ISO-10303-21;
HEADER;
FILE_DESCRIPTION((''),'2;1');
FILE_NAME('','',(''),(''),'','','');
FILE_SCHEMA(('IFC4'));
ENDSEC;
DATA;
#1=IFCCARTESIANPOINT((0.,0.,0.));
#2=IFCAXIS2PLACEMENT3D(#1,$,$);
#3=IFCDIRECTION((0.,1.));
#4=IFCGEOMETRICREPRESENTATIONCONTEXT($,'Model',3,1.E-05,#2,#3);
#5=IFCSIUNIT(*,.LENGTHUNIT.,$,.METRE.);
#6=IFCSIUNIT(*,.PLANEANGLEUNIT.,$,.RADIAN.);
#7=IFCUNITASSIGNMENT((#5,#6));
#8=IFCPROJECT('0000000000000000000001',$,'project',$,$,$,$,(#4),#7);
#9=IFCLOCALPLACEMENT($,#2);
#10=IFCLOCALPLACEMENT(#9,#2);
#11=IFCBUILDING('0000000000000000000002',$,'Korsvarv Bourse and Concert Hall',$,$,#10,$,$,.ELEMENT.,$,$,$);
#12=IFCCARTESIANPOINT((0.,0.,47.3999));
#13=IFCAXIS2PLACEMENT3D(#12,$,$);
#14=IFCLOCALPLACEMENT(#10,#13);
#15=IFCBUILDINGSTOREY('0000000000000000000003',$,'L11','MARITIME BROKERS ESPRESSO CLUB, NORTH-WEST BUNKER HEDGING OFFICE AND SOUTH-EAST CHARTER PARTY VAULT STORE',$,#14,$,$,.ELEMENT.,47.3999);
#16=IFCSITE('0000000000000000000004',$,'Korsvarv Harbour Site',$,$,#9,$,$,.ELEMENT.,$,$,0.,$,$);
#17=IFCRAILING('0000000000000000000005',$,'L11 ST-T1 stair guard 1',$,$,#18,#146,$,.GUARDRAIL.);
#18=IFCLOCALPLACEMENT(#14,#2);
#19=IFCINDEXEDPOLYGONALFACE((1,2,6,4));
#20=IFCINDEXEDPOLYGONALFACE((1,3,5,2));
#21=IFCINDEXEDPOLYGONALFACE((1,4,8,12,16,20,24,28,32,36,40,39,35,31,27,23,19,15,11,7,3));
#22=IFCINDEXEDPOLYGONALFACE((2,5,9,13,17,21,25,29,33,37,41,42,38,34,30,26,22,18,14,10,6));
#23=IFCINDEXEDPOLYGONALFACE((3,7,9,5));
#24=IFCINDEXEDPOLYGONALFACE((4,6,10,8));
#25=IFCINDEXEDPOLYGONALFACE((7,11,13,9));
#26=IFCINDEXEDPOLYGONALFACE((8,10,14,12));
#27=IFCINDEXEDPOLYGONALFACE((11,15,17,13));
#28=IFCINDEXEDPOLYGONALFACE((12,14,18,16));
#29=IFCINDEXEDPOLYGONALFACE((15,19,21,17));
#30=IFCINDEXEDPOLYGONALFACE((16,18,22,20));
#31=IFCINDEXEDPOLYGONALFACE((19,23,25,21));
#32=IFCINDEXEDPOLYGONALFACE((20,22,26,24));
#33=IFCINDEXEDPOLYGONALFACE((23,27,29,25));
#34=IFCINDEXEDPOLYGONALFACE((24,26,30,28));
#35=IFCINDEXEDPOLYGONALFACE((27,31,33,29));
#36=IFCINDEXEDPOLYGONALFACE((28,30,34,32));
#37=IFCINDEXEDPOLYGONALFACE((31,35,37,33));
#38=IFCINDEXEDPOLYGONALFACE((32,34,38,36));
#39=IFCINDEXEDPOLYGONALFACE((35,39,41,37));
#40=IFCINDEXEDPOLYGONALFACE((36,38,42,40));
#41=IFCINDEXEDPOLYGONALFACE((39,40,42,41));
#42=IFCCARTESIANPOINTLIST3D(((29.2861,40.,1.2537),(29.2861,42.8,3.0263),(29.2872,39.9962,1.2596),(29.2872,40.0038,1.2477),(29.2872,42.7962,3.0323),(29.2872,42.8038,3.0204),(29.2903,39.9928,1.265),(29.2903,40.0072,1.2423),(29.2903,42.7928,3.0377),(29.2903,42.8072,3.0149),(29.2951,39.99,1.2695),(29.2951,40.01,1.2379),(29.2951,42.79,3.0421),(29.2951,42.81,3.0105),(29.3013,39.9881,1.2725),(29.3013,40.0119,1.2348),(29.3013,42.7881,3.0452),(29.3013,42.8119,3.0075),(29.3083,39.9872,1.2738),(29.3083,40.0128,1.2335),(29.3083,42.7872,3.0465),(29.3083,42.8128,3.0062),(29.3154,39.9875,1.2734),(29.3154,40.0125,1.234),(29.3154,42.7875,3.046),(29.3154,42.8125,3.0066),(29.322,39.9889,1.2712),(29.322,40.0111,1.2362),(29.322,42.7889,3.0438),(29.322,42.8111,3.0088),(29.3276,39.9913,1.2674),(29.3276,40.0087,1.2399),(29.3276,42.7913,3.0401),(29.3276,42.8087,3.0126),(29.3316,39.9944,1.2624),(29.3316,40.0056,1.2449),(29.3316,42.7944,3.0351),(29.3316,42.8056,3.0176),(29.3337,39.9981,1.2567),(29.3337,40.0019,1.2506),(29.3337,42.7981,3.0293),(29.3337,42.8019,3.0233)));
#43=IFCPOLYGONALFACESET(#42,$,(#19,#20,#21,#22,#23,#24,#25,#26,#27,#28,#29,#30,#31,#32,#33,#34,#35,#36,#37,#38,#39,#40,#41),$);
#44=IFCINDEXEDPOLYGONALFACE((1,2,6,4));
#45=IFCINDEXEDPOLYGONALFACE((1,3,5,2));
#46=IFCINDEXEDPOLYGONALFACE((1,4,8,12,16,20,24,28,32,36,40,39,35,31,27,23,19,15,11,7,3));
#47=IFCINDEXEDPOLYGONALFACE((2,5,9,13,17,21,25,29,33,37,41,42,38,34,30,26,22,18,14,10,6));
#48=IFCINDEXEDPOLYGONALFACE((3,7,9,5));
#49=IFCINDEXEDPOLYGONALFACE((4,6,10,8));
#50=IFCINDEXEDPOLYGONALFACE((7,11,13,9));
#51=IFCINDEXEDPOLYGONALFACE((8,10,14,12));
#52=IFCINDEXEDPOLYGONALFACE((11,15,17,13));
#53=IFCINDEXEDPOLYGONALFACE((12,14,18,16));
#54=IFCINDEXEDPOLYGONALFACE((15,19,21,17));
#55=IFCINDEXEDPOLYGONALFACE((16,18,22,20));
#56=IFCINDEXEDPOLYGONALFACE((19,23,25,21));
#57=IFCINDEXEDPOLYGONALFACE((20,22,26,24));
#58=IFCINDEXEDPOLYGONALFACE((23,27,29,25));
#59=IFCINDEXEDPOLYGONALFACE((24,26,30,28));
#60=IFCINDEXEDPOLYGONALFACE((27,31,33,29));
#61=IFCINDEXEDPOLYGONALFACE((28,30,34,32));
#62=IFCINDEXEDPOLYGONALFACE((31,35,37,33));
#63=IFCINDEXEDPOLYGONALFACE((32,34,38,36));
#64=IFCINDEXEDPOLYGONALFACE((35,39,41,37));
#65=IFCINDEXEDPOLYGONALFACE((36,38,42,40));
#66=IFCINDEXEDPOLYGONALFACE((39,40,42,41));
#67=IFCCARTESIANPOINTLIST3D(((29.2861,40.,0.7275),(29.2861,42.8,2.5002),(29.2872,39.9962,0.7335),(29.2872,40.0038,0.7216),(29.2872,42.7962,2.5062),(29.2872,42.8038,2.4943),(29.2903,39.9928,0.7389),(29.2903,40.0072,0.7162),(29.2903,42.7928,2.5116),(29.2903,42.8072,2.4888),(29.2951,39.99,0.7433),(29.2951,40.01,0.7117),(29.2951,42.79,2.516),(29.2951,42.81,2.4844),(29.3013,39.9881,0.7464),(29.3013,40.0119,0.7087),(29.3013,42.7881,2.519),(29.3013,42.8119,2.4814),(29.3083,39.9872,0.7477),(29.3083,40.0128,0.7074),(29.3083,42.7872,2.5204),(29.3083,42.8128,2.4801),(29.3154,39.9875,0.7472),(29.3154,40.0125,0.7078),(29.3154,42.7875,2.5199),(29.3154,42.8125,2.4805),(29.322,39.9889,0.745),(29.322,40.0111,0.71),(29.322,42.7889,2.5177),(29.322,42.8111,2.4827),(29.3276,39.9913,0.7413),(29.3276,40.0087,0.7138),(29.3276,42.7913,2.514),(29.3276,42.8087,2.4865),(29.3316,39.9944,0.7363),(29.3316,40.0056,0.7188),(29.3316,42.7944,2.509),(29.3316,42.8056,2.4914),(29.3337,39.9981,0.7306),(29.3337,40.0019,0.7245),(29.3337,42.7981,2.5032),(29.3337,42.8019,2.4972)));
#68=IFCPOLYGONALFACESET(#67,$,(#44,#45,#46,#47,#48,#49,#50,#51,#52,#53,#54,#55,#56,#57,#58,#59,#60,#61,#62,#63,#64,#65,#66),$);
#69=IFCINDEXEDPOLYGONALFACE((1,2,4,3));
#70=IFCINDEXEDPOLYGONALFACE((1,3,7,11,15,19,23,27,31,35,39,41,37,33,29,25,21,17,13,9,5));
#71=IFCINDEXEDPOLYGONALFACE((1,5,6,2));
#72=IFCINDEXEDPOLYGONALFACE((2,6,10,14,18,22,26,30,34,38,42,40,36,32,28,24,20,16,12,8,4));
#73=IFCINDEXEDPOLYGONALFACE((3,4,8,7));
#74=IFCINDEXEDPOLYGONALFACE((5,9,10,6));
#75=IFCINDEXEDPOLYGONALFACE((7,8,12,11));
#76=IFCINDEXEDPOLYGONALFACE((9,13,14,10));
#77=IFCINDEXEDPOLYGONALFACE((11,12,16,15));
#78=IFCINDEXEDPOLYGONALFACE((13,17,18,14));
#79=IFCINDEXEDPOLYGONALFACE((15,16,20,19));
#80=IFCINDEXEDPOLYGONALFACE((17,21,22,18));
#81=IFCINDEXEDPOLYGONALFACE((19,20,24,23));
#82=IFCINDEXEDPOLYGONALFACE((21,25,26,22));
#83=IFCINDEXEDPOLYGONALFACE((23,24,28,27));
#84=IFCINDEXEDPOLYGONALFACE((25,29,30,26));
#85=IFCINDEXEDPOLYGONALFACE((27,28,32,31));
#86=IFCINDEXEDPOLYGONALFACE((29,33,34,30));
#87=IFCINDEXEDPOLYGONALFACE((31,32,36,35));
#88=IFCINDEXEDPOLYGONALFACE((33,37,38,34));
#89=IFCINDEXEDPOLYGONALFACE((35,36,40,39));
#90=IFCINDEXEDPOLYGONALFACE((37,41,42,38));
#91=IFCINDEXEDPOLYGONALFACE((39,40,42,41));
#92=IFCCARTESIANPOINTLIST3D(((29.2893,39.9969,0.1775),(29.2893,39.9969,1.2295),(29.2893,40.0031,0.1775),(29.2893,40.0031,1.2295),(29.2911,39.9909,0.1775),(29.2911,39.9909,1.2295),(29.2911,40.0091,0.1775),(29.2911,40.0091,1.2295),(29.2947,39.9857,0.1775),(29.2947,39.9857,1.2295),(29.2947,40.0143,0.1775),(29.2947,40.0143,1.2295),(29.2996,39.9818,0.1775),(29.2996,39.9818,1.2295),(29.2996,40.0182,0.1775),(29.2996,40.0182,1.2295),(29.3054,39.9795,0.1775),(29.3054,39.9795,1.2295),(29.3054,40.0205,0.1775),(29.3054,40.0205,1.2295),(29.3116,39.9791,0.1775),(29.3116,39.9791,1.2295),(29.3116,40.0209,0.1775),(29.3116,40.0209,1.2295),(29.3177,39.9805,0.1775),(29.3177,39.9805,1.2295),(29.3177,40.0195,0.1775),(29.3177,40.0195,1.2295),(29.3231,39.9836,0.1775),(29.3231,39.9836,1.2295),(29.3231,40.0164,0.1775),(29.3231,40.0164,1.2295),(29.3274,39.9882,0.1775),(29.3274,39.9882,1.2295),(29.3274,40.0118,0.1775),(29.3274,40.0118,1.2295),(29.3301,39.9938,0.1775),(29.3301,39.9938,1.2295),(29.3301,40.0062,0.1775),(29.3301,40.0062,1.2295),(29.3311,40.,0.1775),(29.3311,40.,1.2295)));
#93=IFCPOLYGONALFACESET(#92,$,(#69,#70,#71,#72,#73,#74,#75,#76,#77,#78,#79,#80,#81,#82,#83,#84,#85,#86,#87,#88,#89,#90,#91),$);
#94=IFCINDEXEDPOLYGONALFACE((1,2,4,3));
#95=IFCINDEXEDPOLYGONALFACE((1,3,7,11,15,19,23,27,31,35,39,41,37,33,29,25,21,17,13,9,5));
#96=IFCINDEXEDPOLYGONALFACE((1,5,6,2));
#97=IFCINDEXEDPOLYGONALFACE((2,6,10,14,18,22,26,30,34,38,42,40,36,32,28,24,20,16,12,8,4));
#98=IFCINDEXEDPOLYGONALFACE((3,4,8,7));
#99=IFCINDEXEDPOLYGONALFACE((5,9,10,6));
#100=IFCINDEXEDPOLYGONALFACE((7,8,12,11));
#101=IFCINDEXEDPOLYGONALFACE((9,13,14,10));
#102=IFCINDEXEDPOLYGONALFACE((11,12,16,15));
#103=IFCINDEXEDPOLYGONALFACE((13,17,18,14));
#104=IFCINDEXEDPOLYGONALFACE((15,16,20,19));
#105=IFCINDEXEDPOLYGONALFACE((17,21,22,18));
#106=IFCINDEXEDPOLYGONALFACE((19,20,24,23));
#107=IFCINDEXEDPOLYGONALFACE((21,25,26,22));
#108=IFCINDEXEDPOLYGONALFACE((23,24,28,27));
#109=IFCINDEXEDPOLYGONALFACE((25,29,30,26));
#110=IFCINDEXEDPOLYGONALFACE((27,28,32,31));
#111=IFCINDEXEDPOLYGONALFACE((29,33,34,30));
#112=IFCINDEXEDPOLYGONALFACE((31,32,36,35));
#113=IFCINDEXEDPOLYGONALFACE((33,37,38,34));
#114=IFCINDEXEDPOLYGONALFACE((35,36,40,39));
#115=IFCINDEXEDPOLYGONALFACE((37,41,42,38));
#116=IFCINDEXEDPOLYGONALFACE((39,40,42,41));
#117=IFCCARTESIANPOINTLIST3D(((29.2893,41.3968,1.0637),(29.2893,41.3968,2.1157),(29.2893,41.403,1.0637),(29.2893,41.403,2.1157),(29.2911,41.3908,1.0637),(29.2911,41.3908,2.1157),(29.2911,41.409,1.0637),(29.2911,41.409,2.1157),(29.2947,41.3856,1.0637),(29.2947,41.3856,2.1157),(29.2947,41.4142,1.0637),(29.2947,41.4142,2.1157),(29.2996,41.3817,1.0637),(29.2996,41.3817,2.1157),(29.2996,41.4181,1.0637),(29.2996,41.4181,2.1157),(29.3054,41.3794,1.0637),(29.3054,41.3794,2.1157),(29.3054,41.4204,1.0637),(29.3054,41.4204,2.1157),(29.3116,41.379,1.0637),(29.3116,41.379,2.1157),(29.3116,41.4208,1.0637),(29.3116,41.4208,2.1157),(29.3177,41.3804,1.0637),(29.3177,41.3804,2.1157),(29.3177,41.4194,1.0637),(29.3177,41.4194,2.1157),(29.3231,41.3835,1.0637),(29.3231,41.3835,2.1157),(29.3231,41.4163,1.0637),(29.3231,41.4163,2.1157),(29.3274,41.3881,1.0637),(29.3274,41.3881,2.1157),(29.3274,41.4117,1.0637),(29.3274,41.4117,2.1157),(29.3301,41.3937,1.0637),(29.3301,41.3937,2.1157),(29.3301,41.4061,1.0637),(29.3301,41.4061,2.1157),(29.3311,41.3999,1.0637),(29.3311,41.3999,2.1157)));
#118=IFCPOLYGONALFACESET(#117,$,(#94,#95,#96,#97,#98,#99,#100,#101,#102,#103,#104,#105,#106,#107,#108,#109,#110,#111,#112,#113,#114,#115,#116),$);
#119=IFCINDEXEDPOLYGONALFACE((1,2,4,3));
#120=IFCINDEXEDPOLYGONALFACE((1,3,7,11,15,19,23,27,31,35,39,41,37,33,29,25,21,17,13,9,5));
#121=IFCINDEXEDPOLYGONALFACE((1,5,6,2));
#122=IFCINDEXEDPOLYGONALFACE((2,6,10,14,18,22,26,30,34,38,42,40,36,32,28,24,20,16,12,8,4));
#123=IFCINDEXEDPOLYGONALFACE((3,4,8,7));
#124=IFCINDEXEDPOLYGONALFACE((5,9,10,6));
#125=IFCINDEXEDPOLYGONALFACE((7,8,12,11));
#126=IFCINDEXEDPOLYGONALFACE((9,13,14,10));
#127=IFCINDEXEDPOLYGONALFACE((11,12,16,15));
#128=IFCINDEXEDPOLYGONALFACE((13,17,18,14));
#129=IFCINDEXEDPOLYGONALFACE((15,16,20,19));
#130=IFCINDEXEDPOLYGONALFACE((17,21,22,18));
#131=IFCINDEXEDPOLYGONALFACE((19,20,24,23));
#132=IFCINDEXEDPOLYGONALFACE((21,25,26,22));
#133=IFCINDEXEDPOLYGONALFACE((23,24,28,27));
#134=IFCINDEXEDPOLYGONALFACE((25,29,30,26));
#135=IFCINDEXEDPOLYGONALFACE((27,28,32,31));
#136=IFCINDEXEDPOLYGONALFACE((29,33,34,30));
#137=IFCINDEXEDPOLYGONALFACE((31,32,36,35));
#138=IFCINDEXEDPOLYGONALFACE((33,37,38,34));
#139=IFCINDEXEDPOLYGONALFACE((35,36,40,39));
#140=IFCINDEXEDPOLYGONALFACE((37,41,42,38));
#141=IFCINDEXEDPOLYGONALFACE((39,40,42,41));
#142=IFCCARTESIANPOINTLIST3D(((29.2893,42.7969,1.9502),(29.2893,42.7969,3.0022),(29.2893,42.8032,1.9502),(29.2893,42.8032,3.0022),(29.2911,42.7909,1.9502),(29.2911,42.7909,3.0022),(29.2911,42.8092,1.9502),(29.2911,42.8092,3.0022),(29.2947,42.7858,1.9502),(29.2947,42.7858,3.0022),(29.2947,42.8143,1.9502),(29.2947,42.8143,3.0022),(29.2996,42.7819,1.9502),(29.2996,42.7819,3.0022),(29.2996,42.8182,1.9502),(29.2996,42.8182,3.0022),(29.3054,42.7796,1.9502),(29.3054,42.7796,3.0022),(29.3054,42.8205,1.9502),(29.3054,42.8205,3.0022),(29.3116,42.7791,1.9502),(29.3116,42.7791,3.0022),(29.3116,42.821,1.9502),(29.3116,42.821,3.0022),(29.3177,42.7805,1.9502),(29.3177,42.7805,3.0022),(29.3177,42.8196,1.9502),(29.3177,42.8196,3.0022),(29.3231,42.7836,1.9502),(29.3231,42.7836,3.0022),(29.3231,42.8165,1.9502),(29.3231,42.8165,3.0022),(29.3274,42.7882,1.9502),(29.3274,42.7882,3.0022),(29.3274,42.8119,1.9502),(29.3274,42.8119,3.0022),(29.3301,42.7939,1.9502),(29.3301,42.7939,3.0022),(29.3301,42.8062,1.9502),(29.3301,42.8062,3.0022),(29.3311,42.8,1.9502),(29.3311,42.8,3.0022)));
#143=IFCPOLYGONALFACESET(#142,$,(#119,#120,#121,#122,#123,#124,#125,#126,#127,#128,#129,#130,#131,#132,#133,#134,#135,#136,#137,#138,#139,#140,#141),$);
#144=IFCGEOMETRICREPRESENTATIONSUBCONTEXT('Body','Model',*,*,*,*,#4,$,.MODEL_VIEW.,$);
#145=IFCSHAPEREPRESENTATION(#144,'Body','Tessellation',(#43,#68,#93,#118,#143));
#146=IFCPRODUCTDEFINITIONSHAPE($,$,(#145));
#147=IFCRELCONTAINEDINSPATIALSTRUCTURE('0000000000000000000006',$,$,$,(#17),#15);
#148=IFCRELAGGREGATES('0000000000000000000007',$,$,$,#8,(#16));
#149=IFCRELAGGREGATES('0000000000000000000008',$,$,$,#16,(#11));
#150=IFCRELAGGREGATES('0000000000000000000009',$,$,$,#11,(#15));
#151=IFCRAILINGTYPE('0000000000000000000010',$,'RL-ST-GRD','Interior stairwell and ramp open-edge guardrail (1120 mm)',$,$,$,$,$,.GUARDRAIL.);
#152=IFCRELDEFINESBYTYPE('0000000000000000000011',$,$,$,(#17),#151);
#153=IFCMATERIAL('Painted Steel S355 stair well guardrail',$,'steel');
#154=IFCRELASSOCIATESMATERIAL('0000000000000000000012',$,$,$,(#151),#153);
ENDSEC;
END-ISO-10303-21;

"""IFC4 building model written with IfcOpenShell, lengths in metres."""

from ifc_helpers import new_model, si_unit, direction, frame, origin, origin_2d, place, context, subcontext, project, spatial, circle, extrude, material, type_object, element, save


model = new_model("IFC4")

# Units and contexts
model_context = context("Model", 3, precision=1e-05, world=origin(), true_north=direction((0.0, 1.0)))
body_context = subcontext(model_context, "Body", "Model", "MODEL_VIEW")
ifc_project = project(units=[si_unit("LENGTHUNIT", "METRE"), si_unit("PLANEANGLEUNIT", "RADIAN")], contexts=[model_context])

# Site, building, storey
site_placement = place(None, origin())
site = spatial("IfcSite", under=ifc_project, at=site_placement, Name="Korsvarv Harbour Site", CompositionType="ELEMENT", RefElevation=0.0)
building_placement = place(site_placement, origin())
building = spatial("IfcBuilding", under=site, at=building_placement, Name="Korsvarv Bourse and Concert Hall", CompositionType="ELEMENT")
storey_placement = place(building_placement, frame((0.0, 0.0, 47.3999)))
storey = spatial("IfcBuildingStorey", under=building, at=storey_placement, Name="L11", Description="MARITIME BROKERS ESPRESSO CLUB, NORTH-WEST BUNKER HEDGING OFFICE AND SOUTH-EAST CHARTER PARTY VAULT STORE", CompositionType="ELEMENT", Elevation=47.3999)

# Railing
ifc_material_1 = material(Name="Painted Steel S355 stair well guardrail", Category="steel")
railing_type_1 = type_object("IfcRailingType", Name="RL-ST-GRD", Description="Interior stairwell and ramp open-edge guardrail (1120 mm)", PredefinedType="GUARDRAIL", material=ifc_material_1)
railing_1_placement = place(storey_placement, frame((29.3101, 40.0, 0.1775)))
element("IfcRailing", 1, at=railing_1_placement, inside=storey, type_object=railing_type_1, Name="L11 ST-T1 stair guard 1", PredefinedType="GUARDRAIL", context=body_context, shape_type="SweptSolid", body=[
    extrude(circle(Radius=0.0239, at=origin_2d()), frame((0.0, 0.0, 1.0762), z_axis=(0.0, 0.844909, 0.53491), x_axis=(-1.0, 0.0, 0.0)), (0.0, 0.0, 1.0), 3.314),
    extrude(circle(Radius=0.0239, at=origin_2d()), frame((0.0, 0.0, 0.55), z_axis=(0.0, 0.844909, 0.53491), x_axis=(-1.0, 0.0, 0.0)), (0.0, 0.0, 1.0), 3.314),
    extrude(circle(Radius=0.021, at=origin_2d()), origin(), (0.0, 0.0, 1.0), 1.052),
    extrude(circle(Radius=0.021, at=origin_2d()), frame((0.0, 1.3999, 0.8862)), (0.0, 0.0, 1.0), 1.052),
    extrude(circle(Radius=0.021, at=origin_2d()), frame((0.0, 2.8, 1.7727)), (0.0, 0.0, 1.0), 1.052),
])

save(model, "model.ifc")
